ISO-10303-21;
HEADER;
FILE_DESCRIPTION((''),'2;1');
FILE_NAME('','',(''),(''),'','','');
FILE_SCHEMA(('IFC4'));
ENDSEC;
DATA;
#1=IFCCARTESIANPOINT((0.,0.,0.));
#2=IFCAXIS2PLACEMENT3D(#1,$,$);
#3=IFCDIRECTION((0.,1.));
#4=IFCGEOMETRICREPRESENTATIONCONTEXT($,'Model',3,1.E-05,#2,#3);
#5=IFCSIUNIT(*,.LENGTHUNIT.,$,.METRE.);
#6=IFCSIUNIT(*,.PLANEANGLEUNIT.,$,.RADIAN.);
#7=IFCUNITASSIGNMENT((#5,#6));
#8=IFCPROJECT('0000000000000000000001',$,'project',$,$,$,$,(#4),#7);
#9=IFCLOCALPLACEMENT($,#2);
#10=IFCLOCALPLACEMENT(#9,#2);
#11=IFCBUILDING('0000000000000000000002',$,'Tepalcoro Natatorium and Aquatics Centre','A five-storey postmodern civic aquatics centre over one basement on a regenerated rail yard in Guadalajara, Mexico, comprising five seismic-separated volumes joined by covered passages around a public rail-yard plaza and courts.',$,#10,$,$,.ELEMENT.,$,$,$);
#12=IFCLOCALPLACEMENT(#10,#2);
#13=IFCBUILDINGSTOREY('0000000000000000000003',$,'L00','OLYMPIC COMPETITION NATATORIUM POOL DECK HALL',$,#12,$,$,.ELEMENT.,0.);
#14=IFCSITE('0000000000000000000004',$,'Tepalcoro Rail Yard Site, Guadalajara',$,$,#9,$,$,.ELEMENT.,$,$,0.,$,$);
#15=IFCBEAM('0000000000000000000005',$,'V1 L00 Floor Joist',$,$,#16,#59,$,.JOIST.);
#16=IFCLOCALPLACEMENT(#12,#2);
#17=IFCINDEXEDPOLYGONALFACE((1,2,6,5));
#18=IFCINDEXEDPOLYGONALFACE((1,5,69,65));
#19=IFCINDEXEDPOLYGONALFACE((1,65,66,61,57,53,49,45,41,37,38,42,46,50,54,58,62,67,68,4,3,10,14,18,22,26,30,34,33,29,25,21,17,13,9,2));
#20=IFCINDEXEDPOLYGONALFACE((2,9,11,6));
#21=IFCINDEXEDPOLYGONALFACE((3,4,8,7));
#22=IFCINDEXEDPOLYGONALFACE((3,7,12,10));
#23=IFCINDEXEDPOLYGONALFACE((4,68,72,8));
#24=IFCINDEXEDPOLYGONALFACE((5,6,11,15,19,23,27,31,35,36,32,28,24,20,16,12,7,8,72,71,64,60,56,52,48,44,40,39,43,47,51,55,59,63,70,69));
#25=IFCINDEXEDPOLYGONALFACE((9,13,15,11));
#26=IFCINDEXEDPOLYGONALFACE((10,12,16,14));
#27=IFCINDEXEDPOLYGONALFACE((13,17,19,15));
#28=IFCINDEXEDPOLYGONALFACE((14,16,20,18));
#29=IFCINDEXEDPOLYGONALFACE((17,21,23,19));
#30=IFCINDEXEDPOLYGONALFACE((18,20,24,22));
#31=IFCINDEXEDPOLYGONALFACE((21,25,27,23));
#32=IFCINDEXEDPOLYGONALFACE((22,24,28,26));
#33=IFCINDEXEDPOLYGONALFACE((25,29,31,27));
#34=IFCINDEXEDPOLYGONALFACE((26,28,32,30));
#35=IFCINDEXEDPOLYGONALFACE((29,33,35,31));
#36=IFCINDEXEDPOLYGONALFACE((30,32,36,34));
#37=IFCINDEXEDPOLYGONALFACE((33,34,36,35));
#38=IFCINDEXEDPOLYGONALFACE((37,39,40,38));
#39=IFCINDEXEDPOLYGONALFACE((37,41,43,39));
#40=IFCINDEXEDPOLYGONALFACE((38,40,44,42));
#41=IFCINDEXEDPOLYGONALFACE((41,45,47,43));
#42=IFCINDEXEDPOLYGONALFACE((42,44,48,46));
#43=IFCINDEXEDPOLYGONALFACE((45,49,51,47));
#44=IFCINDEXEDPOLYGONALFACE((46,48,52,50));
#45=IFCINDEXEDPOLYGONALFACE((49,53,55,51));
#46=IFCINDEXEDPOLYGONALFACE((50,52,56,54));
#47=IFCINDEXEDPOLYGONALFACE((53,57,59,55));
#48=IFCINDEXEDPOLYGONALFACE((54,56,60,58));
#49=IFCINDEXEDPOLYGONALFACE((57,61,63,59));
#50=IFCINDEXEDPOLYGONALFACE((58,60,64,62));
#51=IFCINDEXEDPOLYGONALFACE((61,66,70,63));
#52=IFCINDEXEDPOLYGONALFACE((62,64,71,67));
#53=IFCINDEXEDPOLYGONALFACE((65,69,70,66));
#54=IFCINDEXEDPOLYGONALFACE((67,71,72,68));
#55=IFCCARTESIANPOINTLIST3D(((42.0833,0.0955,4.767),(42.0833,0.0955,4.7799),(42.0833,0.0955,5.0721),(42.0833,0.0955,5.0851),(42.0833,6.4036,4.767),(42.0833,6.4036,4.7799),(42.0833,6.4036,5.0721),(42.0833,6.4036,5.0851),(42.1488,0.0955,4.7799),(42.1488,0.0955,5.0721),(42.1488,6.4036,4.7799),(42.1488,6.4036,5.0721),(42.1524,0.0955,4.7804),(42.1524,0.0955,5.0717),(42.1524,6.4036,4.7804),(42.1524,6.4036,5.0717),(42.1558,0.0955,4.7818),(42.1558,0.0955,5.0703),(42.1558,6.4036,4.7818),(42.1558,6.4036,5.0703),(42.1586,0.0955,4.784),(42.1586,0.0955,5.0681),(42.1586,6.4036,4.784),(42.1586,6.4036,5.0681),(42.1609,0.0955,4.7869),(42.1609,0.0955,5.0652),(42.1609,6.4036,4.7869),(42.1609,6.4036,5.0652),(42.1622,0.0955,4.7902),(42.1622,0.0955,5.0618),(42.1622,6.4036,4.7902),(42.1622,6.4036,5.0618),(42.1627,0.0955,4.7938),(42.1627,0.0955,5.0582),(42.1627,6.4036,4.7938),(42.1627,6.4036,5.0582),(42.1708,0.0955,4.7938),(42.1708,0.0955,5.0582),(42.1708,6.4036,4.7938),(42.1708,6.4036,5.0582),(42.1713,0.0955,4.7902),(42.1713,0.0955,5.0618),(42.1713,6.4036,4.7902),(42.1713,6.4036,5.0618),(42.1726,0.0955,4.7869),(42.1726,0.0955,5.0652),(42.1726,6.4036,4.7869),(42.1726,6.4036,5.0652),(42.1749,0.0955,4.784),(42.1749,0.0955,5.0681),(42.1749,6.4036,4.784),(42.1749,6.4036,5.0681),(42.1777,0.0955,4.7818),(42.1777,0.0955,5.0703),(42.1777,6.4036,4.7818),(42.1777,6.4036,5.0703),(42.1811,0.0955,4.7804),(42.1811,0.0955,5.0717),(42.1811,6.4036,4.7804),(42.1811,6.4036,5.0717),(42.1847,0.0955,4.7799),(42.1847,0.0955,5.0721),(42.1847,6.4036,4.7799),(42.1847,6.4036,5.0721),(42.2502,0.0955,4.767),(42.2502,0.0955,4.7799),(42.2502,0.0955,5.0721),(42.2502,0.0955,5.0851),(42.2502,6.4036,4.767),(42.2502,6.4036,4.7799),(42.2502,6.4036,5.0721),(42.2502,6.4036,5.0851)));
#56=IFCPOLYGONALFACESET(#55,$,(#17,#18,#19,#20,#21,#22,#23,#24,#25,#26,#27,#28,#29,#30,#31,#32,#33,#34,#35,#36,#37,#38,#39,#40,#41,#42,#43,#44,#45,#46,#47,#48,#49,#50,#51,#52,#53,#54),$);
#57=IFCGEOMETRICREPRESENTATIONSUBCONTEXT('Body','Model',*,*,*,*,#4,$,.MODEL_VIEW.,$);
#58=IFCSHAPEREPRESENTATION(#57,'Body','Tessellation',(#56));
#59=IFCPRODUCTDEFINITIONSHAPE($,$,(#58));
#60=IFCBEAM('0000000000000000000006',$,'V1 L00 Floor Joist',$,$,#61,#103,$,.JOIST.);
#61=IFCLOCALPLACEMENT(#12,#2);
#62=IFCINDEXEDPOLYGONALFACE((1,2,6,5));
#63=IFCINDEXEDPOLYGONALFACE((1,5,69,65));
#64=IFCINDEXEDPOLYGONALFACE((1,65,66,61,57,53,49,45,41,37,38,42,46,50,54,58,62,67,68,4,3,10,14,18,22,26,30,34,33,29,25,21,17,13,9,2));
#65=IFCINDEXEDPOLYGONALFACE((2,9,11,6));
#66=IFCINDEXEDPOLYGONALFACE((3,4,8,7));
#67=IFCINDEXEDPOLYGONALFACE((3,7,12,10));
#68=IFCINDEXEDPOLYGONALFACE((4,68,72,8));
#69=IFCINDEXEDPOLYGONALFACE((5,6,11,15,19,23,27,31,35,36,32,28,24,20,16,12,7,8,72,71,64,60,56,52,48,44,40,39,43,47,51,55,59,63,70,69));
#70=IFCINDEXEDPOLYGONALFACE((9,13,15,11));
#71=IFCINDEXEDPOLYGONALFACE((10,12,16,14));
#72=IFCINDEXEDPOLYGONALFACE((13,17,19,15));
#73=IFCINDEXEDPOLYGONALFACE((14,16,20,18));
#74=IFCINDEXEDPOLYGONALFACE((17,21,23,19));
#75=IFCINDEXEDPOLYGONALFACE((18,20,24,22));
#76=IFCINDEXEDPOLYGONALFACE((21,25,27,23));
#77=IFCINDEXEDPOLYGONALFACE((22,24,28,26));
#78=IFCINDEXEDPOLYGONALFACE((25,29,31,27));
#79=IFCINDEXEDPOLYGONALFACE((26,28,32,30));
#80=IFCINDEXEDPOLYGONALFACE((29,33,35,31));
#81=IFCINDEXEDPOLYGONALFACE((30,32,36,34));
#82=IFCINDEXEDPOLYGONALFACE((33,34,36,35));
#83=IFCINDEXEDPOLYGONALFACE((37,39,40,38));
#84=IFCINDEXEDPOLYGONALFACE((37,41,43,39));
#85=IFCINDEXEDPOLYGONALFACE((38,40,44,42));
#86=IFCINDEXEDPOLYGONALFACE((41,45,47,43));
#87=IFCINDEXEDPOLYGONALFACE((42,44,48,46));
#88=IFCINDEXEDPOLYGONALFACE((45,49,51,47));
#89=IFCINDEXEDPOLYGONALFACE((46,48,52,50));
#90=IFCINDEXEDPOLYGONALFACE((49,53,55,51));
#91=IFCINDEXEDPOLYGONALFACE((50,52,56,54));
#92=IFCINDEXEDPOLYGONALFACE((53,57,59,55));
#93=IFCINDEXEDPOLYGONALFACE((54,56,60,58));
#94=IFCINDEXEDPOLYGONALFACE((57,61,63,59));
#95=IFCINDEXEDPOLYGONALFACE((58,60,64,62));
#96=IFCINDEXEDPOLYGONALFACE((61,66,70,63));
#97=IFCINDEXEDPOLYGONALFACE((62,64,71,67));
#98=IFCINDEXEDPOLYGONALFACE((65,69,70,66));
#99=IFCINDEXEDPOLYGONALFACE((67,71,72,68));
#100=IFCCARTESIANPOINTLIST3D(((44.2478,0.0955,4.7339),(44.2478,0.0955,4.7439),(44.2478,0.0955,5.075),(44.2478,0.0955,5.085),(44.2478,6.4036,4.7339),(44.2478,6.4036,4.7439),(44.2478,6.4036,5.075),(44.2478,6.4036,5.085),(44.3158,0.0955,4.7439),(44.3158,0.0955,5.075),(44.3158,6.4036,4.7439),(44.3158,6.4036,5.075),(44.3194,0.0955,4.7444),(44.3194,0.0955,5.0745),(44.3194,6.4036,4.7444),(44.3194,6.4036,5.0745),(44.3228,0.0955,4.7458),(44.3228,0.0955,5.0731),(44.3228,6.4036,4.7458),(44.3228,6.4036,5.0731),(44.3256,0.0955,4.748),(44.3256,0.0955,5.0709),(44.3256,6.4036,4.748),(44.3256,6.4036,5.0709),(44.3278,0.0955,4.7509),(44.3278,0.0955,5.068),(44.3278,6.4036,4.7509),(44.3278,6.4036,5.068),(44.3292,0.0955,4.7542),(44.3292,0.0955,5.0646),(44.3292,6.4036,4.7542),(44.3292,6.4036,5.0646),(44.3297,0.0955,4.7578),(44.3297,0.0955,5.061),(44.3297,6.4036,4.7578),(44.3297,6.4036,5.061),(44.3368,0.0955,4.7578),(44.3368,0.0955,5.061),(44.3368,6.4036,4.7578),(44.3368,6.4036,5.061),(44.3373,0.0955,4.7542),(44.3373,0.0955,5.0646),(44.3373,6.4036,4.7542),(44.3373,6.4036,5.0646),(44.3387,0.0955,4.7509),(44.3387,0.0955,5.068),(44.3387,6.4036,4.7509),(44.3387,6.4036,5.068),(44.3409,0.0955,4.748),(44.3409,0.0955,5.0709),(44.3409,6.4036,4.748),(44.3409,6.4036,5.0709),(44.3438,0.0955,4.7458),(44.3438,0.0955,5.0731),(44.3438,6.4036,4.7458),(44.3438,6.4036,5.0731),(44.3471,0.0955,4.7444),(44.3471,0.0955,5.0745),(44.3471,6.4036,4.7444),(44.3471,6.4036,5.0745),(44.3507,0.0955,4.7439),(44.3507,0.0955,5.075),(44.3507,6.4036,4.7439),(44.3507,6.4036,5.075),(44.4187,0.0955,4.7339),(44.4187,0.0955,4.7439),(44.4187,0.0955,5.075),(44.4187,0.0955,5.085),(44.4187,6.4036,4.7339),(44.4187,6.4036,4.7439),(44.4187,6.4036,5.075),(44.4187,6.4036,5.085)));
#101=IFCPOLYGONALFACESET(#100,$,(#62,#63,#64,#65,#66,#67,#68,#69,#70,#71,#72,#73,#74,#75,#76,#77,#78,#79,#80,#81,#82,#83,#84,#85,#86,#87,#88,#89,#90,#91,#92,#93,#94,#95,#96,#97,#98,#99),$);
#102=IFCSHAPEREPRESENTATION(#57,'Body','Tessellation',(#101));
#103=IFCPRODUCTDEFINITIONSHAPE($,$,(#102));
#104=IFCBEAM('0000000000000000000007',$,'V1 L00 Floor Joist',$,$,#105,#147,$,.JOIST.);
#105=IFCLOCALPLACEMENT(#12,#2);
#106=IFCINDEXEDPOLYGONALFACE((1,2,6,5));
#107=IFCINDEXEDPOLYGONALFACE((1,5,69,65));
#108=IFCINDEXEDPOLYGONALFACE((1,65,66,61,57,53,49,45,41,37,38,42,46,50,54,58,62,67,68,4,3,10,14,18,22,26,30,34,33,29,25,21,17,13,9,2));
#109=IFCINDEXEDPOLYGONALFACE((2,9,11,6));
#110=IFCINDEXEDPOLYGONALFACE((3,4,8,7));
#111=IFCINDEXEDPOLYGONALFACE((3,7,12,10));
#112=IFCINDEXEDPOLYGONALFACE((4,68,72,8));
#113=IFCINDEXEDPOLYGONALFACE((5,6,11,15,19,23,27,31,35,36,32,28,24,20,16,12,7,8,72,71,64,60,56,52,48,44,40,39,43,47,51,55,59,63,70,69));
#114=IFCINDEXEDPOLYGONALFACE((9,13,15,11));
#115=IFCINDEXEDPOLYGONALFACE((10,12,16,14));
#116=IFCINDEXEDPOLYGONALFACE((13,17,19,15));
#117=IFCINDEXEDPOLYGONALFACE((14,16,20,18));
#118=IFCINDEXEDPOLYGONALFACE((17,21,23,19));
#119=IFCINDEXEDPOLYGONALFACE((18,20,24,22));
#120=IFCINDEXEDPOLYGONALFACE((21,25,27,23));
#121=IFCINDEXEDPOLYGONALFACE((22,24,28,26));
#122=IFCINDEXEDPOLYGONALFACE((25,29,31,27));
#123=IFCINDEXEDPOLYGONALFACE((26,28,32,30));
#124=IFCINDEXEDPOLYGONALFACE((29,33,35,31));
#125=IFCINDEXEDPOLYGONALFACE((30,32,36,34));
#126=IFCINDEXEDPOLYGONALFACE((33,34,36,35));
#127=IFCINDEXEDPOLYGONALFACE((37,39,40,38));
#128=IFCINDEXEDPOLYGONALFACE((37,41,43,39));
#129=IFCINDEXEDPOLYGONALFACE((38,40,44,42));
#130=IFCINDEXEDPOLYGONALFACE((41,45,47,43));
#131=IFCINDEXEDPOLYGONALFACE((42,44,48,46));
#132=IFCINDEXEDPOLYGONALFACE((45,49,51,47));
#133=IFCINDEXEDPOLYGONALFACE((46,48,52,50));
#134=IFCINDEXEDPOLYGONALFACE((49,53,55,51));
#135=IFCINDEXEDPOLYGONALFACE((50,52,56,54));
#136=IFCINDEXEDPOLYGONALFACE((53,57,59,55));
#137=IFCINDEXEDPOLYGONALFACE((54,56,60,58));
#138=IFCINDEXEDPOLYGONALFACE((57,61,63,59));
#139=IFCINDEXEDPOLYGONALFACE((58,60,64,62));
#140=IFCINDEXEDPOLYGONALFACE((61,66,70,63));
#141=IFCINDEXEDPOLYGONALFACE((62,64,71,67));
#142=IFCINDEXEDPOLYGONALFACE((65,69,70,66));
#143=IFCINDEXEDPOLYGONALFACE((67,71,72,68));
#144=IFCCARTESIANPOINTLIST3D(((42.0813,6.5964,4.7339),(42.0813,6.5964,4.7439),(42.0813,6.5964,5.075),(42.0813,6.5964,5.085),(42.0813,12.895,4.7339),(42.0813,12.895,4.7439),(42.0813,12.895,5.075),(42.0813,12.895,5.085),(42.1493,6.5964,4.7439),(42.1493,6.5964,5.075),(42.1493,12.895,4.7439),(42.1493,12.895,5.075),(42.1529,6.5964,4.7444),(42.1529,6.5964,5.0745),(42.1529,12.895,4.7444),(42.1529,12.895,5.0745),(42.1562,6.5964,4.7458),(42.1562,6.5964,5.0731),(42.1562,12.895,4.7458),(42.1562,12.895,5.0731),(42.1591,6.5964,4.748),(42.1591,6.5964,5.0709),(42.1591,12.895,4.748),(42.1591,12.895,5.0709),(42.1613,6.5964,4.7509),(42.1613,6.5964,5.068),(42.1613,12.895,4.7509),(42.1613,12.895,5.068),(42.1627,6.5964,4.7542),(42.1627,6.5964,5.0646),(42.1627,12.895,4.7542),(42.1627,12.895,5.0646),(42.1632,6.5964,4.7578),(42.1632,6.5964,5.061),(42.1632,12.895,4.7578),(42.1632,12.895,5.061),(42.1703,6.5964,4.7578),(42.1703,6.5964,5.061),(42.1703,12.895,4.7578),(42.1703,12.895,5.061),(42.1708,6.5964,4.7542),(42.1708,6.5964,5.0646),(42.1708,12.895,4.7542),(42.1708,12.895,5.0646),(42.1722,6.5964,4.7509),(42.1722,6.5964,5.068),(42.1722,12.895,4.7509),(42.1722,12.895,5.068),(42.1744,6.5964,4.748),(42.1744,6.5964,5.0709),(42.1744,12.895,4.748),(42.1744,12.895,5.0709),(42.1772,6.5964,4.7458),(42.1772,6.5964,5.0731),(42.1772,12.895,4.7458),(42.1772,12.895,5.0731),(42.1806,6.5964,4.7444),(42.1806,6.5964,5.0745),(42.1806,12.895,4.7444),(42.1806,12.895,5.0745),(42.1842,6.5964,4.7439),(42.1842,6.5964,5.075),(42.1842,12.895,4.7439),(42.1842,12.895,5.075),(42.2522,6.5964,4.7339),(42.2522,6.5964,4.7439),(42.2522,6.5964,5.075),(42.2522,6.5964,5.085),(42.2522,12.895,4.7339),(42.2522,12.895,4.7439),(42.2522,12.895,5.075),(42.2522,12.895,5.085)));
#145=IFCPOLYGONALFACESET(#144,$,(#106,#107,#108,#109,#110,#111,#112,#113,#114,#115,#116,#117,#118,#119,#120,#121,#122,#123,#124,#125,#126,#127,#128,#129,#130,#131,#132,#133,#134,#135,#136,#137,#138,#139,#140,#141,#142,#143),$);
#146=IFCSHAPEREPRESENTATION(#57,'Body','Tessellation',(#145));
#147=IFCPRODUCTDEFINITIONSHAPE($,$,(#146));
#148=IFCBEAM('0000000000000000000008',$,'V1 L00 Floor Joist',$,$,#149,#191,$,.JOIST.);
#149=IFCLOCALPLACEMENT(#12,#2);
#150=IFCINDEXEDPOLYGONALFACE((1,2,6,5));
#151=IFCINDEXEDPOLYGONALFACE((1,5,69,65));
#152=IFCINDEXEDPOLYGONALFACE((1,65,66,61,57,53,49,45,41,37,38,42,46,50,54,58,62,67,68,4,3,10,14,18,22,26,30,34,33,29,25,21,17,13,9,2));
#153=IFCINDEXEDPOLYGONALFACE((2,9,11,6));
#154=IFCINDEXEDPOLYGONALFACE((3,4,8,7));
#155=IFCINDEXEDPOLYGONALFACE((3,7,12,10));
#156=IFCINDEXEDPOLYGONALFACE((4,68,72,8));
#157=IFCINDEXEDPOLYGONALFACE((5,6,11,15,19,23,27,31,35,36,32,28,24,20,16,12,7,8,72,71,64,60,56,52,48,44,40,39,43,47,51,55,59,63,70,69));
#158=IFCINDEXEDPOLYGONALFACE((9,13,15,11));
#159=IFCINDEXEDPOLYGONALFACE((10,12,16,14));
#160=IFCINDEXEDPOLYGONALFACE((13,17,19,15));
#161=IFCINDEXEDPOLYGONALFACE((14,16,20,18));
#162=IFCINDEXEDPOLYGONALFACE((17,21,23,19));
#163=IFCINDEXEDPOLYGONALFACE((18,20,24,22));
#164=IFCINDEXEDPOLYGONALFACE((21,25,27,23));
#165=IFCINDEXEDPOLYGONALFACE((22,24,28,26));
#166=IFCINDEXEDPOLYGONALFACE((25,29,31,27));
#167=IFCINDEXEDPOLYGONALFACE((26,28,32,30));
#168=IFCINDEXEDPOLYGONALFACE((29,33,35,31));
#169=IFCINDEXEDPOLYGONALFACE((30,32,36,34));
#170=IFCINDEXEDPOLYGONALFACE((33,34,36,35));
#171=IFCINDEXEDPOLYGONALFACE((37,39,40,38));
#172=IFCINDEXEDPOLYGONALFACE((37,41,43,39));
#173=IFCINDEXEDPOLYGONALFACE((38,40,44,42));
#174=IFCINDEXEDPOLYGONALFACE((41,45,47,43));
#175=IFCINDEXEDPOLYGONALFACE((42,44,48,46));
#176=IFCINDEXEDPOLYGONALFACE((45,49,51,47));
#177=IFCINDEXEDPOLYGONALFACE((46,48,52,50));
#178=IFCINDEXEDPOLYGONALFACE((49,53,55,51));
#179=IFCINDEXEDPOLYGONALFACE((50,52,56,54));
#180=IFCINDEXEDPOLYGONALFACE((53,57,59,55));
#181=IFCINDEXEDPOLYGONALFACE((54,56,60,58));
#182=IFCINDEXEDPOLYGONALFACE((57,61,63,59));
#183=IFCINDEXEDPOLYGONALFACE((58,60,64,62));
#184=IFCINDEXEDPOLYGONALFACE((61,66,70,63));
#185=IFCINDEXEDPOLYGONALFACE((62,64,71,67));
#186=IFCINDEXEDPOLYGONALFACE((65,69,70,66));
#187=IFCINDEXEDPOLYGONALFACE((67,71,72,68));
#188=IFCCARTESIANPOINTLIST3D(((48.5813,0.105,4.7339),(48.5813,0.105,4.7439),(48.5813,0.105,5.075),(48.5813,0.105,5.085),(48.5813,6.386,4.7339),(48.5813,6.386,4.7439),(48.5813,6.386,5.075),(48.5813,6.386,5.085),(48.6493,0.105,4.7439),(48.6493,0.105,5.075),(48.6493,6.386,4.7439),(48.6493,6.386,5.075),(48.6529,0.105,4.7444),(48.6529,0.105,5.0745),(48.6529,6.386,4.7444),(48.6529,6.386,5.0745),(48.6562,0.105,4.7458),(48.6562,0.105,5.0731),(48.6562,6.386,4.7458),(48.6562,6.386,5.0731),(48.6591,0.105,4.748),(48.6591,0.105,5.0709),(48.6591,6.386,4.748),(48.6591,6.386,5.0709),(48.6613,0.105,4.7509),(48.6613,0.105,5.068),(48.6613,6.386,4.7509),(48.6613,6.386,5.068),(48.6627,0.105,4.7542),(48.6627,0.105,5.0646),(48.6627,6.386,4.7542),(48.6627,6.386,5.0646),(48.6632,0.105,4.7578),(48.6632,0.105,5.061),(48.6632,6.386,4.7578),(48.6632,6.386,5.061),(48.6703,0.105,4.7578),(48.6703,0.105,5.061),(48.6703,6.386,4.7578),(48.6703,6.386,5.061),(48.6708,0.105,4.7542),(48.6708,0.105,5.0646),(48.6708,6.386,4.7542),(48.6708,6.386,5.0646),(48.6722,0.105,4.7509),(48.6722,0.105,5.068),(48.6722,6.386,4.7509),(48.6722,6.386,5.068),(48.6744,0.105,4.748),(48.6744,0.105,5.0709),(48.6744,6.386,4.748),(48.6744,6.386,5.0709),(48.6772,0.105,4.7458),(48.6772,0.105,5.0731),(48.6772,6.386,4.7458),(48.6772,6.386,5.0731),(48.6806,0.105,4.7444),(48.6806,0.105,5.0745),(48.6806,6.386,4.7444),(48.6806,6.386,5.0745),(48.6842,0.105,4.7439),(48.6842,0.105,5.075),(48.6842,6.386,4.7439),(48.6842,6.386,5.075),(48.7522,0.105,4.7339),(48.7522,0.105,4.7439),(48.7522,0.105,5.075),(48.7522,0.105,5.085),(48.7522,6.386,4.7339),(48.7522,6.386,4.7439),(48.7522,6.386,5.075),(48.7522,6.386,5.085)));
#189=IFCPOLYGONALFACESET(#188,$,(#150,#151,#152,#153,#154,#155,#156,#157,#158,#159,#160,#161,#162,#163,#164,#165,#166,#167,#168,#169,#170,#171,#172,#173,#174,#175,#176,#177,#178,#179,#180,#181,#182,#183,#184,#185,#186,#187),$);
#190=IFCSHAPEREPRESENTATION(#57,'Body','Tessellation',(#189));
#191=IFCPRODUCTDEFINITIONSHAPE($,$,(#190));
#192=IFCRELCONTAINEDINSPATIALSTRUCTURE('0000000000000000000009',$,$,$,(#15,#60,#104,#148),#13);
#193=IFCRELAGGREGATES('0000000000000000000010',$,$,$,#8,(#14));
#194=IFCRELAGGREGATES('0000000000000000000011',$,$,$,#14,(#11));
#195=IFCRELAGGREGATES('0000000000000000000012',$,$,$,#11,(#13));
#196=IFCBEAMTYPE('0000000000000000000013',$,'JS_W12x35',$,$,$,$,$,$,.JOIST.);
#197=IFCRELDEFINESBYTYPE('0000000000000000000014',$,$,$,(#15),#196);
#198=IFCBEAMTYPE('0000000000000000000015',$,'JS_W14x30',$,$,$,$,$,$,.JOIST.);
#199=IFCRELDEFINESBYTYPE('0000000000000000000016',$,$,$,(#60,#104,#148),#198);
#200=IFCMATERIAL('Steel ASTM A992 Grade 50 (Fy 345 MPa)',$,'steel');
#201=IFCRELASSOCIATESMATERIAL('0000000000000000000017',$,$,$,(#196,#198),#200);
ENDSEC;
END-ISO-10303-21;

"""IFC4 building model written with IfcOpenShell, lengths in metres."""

from ifc_helpers import new_model, si_unit, direction, frame, origin, origin_2d, place, context, subcontext, project, spatial, i_section, extrude, material, material_profile, profile_set, type_object, element, save


model = new_model("IFC4")

# Units and contexts
model_context = context("Model", 3, precision=1e-05, world=origin(), true_north=direction((0.0, 1.0)))
body_context = subcontext(model_context, "Body", "Model", "MODEL_VIEW")
ifc_project = project(units=[si_unit("LENGTHUNIT", "METRE"), si_unit("PLANEANGLEUNIT", "RADIAN")], contexts=[model_context])

# Site, building, storey
site_placement = place(None, origin())
site = spatial("IfcSite", under=ifc_project, at=site_placement, Name="Tepalcoro Rail Yard Site, Guadalajara", CompositionType="ELEMENT", RefElevation=0.0)
building_placement = place(site_placement, origin())
building = spatial("IfcBuilding", under=site, at=building_placement, Name="Tepalcoro Natatorium and Aquatics Centre", Description="A five-storey postmodern civic aquatics centre over one basement on a regenerated rail yard in Guadalajara, Mexico, comprising five seismic-separated volumes joined by covered passages around a public rail-yard plaza and courts.", CompositionType="ELEMENT")
storey_placement = place(building_placement, origin())
storey = spatial("IfcBuildingStorey", under=building, at=storey_placement, Name="L00", Description="OLYMPIC COMPETITION NATATORIUM POOL DECK HALL", CompositionType="ELEMENT", Elevation=0.0)

# Beams
ifc_material_1 = material(Name="Steel ASTM A992 Grade 50 (Fy 345 MPa)", Category="steel")
ifc_material_profile_1 = material_profile(ifc_material_1, i_section(OverallWidth=0.167, OverallDepth=0.3181, WebThickness=0.0081, FlangeThickness=0.0129, FilletRadius=0.0139, at=origin_2d()), Name="W12X35")
ifc_profile_set_1 = profile_set([ifc_material_profile_1], Name="Steel ASTM A992 Grade 50 (Fy 345 MPa)")
beam_type_1 = type_object("IfcBeamType", Name="JS_W12x35", PredefinedType="JOIST", material=ifc_profile_set_1)
beam_1_placement = place(storey_placement, frame((42.1667, 0.0955, 4.926), z_axis=(0.0, 1.0, 0.0), x_axis=(-1.0, 0.0, 0.0)))
element("IfcBeam", 1, at=beam_1_placement, inside=storey, type_object=beam_type_1, Name="V1 L00 Floor Joist", PredefinedType="JOIST", context=body_context, shape_type="SweptSolid", body=[
    extrude(i_section(OverallWidth=0.167, OverallDepth=0.3181, WebThickness=0.0081, FlangeThickness=0.0129, FilletRadius=0.0139, at=origin_2d()), origin(), (0.0, 0.0, 1.0), 6.3081),
])
ifc_material_profile_2 = material_profile(ifc_material_1, i_section(OverallWidth=0.1709, OverallDepth=0.3511, WebThickness=0.0071, FlangeThickness=0.01, FilletRadius=0.0139, at=origin_2d()), Name="W14X30")
ifc_profile_set_2 = profile_set([ifc_material_profile_2], Name="Steel ASTM A992 Grade 50 (Fy 345 MPa)")
beam_type_2 = type_object("IfcBeamType", Name="JS_W14x30", PredefinedType="JOIST", material=ifc_profile_set_2)
beam_2_placement = place(storey_placement, frame((44.3333, 0.0955, 4.9094), z_axis=(0.0, 1.0, 0.0), x_axis=(-1.0, 0.0, 0.0)))
element("IfcBeam", 2, at=beam_2_placement, inside=storey, type_object=beam_type_2, Name="V1 L00 Floor Joist", PredefinedType="JOIST", context=body_context, shape_type="SweptSolid", body=[
    extrude(i_section(OverallWidth=0.1709, OverallDepth=0.3511, WebThickness=0.0071, FlangeThickness=0.01, FilletRadius=0.0139, at=origin_2d()), origin(), (0.0, 0.0, 1.0), 6.3081),
])
beam_3_placement = place(storey_placement, frame((42.1667, 6.5964, 4.9094), z_axis=(0.0, 1.0, 0.0), x_axis=(-1.0, 0.0, 0.0)))
element("IfcBeam", 3, at=beam_3_placement, inside=storey, type_object=beam_type_2, Name="V1 L00 Floor Joist", PredefinedType="JOIST", context=body_context, shape_type="SweptSolid", body=[
    extrude(i_section(OverallWidth=0.1709, OverallDepth=0.3511, WebThickness=0.0071, FlangeThickness=0.01, FilletRadius=0.0139, at=origin_2d()), origin(), (0.0, 0.0, 1.0), 6.2986),
])
beam_4_placement = place(storey_placement, frame((48.6667, 0.105, 4.9094), z_axis=(0.0, 1.0, 0.0), x_axis=(-1.0, 0.0, 0.0)))
element("IfcBeam", 4, at=beam_4_placement, inside=storey, type_object=beam_type_2, Name="V1 L00 Floor Joist", PredefinedType="JOIST", context=body_context, shape_type="SweptSolid", body=[
    extrude(i_section(OverallWidth=0.1709, OverallDepth=0.3511, WebThickness=0.0071, FlangeThickness=0.01, FilletRadius=0.0139, at=origin_2d()), origin(), (0.0, 0.0, 1.0), 6.281),
])

save(model, "model.ifc")
